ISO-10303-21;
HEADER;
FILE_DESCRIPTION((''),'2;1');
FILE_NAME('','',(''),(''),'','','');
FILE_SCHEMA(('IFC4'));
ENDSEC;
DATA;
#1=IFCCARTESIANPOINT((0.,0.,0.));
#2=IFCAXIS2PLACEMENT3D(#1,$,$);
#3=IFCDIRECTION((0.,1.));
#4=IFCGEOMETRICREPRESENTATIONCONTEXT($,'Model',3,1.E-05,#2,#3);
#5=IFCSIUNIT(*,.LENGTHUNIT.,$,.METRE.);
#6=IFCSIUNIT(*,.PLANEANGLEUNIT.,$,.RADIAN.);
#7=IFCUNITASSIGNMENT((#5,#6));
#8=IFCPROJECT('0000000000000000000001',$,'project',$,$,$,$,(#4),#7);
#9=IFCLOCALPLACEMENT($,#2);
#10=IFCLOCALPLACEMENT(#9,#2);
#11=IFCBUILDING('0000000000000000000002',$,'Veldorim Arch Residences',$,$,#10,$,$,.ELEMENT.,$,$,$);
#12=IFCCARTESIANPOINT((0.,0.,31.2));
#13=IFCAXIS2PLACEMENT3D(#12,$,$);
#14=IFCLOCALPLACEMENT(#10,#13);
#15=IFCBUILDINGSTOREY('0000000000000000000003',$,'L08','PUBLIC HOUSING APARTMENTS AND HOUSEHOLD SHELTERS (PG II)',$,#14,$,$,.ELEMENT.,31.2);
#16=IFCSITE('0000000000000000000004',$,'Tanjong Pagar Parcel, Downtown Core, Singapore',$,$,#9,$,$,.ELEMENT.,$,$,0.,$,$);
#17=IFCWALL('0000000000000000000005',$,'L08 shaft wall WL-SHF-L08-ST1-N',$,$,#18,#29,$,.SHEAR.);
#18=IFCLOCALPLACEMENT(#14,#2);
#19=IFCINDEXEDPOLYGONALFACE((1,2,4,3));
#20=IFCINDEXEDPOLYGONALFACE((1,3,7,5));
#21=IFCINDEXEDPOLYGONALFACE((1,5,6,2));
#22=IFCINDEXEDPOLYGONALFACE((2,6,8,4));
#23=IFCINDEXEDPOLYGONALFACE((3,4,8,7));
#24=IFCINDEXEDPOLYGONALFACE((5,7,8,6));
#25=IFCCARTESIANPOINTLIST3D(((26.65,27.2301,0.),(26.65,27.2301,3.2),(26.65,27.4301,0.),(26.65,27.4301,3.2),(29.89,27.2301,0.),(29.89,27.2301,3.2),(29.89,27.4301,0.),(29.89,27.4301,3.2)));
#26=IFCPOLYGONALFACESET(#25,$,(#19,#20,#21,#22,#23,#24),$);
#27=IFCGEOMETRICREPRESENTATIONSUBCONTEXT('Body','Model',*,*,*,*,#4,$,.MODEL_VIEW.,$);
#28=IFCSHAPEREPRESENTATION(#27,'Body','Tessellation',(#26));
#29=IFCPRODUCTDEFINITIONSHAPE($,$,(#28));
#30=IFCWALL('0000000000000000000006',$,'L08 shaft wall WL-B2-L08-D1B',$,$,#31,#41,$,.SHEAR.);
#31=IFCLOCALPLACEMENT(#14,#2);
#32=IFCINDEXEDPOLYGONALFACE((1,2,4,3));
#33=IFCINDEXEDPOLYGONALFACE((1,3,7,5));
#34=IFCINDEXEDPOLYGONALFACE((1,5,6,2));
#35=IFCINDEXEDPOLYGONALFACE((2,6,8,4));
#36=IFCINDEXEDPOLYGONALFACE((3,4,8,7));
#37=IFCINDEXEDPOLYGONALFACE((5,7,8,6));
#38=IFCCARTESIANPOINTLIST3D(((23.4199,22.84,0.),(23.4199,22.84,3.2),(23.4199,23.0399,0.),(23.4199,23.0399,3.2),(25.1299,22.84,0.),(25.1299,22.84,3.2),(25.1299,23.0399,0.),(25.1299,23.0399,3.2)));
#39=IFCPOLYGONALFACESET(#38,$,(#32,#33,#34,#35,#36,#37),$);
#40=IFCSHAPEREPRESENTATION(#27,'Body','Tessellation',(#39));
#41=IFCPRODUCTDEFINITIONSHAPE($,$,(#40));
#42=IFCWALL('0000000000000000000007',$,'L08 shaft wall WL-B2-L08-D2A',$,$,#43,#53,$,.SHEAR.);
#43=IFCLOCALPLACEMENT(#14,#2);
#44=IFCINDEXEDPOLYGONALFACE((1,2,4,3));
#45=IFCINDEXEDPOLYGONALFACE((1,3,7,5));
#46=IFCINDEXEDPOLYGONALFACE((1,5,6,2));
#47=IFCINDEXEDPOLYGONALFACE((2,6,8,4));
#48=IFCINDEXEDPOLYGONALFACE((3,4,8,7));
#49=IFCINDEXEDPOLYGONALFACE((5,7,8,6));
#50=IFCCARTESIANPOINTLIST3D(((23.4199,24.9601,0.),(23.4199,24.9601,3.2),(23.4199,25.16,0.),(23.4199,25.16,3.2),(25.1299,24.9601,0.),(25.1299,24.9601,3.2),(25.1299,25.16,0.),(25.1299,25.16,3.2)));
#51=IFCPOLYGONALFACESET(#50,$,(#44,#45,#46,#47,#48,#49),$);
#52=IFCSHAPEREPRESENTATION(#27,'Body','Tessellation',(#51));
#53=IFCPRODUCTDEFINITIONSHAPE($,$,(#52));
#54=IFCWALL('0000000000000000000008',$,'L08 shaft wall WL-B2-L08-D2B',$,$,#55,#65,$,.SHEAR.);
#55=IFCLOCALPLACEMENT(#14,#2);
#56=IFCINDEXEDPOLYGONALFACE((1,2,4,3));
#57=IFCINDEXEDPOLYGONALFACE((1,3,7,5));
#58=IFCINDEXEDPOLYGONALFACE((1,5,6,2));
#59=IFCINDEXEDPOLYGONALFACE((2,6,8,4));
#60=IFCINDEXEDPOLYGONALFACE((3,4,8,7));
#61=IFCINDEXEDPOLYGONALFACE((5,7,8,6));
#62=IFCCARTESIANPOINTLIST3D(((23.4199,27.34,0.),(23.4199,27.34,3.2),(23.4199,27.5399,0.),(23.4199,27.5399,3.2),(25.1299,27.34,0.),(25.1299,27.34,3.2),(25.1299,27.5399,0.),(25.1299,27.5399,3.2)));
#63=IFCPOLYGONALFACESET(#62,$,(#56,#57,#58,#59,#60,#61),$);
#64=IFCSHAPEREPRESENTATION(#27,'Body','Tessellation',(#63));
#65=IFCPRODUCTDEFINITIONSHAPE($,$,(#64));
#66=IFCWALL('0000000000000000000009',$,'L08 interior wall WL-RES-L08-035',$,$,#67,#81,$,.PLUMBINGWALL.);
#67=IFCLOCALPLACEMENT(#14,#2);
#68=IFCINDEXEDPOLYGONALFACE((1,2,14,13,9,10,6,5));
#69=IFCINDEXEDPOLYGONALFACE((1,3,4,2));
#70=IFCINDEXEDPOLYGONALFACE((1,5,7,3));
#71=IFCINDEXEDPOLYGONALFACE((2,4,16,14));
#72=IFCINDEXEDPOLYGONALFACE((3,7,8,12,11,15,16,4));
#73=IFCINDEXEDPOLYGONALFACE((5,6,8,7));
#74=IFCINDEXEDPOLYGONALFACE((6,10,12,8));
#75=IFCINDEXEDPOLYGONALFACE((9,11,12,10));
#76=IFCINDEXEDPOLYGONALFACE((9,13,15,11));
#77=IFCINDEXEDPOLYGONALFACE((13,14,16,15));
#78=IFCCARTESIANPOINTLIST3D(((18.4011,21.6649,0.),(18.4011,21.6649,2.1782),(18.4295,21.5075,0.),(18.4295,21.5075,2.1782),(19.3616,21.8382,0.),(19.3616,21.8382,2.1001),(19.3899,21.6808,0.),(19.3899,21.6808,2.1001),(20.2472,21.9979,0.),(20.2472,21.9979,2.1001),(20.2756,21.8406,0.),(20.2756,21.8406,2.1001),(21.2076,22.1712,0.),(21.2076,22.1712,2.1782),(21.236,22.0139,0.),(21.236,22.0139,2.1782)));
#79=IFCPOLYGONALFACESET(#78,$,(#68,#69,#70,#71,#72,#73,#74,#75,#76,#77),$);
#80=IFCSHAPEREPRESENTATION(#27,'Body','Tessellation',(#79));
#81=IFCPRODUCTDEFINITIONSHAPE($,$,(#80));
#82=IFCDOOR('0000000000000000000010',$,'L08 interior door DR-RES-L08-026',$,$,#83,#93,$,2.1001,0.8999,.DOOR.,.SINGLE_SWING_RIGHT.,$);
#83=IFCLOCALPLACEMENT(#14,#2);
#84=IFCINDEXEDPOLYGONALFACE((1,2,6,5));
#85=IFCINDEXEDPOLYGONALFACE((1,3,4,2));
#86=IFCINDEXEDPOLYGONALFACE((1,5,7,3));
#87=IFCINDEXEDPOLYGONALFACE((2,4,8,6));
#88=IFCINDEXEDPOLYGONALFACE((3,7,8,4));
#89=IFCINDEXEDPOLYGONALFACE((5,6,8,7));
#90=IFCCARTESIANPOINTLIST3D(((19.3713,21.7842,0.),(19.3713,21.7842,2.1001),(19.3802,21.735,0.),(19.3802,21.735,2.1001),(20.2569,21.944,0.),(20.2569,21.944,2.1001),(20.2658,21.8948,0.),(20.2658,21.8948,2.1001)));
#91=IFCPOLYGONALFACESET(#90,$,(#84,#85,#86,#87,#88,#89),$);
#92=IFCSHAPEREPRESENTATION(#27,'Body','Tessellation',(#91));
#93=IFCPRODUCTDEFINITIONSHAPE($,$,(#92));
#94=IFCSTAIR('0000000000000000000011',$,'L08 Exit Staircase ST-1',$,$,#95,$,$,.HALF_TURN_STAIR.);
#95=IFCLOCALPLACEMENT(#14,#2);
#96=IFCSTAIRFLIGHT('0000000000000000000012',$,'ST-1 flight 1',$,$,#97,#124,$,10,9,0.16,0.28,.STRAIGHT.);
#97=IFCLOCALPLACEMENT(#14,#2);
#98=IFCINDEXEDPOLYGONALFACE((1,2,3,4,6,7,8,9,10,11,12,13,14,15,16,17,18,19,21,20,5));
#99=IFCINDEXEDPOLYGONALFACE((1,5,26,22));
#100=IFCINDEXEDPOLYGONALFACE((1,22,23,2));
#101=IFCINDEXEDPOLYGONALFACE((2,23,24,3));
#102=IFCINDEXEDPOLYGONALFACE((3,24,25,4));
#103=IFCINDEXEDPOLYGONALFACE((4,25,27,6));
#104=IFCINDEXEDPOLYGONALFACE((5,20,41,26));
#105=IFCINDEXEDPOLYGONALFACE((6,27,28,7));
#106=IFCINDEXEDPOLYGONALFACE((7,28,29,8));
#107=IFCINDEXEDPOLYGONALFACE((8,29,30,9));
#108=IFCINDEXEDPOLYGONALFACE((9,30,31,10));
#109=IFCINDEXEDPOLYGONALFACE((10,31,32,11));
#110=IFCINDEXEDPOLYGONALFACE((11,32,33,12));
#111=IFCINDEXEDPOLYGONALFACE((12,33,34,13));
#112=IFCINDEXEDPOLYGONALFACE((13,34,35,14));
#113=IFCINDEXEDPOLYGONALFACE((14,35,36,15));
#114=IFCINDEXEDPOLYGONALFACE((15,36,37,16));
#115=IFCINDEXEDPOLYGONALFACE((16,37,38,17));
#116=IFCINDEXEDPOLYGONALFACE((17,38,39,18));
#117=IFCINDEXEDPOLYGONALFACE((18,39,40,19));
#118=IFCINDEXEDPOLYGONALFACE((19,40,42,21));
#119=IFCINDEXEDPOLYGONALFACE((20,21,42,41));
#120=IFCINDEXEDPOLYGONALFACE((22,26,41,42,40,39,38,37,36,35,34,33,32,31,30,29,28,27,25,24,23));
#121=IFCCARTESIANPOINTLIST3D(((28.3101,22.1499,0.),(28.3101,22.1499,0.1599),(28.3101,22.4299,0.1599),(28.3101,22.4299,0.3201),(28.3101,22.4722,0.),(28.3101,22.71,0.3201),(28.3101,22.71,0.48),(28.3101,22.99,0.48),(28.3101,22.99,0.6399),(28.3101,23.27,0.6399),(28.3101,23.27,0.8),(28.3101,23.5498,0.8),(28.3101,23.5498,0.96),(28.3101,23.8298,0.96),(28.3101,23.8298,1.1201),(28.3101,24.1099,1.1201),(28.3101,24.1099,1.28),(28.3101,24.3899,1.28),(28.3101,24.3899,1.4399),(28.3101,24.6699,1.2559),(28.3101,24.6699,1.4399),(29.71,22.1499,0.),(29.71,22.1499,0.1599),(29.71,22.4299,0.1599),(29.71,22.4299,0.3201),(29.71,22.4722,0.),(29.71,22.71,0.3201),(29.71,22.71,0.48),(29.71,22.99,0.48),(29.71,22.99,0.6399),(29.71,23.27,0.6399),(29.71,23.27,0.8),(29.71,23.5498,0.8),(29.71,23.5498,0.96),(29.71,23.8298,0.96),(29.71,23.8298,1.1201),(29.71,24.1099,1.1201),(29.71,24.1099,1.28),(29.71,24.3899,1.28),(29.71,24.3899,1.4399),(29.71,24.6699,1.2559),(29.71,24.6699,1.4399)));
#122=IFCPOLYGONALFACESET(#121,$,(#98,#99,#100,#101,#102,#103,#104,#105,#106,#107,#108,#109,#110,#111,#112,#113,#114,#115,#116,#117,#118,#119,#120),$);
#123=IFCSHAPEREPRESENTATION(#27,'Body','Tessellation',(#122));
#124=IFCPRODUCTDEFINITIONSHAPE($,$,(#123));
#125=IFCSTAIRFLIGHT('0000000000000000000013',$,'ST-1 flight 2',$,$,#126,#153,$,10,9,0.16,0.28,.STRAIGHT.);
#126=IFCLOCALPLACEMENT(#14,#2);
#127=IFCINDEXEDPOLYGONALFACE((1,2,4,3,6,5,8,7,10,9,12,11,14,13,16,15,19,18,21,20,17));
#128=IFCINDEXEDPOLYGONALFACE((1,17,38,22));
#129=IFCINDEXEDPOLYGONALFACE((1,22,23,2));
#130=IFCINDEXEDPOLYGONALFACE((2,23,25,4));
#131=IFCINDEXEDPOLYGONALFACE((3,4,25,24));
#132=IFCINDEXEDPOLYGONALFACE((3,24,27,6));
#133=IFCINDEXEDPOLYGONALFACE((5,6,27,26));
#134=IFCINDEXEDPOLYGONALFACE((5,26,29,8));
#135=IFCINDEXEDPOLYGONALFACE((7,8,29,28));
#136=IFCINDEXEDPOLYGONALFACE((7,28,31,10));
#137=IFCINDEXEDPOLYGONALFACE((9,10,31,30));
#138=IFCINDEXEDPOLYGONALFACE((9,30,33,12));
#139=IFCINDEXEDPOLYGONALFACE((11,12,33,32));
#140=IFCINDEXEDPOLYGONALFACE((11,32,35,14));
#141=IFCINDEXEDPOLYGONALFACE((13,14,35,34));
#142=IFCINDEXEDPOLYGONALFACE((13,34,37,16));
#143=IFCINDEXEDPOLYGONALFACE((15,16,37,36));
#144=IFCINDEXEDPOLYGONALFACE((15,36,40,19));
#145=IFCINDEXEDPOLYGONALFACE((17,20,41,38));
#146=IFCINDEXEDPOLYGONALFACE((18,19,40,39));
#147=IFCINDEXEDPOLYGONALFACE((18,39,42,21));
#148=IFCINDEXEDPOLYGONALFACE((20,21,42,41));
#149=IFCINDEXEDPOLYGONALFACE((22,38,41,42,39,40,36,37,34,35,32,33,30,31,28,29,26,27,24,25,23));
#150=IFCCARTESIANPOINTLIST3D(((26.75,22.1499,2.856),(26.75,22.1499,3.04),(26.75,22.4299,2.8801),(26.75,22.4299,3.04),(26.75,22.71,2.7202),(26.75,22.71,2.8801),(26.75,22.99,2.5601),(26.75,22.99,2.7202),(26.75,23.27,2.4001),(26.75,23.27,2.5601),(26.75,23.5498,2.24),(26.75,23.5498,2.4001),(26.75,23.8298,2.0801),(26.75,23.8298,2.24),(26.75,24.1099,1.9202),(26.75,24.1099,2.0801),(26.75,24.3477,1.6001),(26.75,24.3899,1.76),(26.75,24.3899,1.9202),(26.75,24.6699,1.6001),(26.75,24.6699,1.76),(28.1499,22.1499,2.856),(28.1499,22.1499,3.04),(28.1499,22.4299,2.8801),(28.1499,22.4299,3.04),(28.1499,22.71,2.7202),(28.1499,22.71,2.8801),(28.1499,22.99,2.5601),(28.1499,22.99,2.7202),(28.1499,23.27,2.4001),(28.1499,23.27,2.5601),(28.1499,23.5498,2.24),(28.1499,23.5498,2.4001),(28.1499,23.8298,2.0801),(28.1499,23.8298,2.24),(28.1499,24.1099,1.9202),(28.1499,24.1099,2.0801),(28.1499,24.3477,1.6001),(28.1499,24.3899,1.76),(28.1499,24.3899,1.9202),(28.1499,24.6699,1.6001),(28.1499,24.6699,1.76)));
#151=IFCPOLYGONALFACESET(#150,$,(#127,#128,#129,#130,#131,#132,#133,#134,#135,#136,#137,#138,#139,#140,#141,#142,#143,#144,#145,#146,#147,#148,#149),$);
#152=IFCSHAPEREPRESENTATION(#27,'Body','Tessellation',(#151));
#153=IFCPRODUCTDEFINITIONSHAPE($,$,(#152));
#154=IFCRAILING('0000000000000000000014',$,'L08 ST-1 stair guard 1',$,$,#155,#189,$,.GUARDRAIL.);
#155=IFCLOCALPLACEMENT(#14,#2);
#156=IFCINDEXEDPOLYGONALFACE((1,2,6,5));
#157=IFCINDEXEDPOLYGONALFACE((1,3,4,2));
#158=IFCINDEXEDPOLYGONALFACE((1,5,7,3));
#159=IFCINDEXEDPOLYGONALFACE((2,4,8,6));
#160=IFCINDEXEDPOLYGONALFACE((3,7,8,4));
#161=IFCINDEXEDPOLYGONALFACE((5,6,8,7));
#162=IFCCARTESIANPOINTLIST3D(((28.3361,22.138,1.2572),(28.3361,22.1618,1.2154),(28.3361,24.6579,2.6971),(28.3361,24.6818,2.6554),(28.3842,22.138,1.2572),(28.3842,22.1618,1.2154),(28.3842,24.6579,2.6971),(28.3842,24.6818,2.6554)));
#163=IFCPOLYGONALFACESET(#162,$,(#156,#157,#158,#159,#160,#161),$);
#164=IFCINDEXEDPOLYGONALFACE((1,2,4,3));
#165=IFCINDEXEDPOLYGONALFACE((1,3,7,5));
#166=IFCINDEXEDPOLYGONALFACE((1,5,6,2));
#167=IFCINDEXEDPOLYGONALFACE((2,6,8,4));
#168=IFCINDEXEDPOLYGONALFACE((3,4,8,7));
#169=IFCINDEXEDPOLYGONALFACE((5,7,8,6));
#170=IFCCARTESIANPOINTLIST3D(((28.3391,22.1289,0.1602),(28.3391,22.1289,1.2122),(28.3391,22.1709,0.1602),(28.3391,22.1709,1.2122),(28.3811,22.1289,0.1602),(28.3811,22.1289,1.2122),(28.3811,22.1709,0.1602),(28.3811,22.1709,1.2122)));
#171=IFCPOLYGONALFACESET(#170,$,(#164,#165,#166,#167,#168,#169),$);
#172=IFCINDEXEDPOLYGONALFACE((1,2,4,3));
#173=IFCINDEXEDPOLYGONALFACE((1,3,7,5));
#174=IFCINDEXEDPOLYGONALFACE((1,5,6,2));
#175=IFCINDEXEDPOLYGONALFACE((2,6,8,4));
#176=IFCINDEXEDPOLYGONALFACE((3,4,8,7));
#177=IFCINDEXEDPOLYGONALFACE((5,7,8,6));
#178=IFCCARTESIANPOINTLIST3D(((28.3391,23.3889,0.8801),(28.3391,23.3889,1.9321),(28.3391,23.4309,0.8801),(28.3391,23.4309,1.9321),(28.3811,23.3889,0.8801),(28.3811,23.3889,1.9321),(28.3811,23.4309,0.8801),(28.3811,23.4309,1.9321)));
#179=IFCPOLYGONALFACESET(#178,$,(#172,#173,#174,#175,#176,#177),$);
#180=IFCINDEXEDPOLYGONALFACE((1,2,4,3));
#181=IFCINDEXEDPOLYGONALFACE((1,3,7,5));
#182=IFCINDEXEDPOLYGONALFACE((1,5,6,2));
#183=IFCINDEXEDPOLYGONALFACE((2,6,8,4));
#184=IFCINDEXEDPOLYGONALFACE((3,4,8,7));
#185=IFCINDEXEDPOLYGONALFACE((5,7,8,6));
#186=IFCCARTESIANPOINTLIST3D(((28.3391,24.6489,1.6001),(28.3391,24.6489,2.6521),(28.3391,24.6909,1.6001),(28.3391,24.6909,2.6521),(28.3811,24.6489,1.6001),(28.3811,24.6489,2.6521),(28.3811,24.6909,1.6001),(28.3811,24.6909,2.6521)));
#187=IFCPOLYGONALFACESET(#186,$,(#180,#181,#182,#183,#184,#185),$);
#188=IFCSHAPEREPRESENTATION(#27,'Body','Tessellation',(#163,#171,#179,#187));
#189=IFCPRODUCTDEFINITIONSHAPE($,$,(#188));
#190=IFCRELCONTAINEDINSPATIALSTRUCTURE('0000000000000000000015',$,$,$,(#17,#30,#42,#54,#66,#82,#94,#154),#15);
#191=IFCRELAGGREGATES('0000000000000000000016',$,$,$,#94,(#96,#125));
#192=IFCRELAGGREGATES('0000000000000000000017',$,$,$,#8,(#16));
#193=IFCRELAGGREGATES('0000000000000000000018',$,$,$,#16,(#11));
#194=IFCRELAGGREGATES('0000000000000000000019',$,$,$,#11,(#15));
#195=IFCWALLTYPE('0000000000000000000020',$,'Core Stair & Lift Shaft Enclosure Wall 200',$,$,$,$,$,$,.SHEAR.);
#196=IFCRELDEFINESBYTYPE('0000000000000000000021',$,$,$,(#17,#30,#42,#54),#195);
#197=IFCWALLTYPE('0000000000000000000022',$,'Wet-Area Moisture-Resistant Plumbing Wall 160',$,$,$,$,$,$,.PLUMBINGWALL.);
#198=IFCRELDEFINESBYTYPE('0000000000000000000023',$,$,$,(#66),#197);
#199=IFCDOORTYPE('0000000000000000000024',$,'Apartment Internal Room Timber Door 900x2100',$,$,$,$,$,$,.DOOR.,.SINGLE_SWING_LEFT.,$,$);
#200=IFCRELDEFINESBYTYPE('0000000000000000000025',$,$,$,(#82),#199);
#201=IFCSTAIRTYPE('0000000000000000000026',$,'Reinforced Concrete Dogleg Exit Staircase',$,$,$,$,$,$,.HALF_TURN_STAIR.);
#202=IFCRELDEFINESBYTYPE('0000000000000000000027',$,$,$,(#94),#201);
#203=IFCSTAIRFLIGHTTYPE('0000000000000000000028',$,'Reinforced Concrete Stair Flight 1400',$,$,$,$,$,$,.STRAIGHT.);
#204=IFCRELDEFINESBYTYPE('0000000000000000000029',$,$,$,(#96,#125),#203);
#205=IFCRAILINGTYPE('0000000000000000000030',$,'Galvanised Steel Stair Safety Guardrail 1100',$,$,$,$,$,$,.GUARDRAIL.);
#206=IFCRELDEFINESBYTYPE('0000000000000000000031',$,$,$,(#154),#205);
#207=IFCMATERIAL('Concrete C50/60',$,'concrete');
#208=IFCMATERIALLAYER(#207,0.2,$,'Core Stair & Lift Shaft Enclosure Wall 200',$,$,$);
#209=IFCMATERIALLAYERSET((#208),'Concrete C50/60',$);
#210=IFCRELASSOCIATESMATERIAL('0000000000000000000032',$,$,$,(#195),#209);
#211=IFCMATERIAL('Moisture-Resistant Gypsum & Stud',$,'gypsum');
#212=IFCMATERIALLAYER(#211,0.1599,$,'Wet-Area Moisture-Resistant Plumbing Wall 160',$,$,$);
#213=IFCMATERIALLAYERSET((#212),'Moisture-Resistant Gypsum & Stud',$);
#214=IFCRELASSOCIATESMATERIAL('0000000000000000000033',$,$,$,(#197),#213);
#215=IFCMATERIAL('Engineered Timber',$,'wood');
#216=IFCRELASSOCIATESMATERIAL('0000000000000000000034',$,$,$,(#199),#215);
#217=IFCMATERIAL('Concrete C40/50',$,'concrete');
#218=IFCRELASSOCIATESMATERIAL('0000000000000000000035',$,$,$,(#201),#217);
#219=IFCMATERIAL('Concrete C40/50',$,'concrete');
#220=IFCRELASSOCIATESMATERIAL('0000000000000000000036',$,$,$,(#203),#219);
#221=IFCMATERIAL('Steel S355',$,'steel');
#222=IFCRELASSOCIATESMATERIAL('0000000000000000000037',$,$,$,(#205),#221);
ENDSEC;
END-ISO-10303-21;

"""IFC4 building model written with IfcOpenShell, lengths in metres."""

from ifc_helpers import new_model, si_unit, direction, frame, frame_2d, origin, origin_2d, place, context, subcontext, project, spatial, polyline, rectangle, outline, extrude, material, layer, layer_set, type_object, element, fill, aggregate, save


model = new_model("IFC4")

# Units and contexts
model_context = context("Model", 3, precision=1e-05, world=origin(), true_north=direction((0.0, 1.0)))
body_context = subcontext(model_context, "Body", "Model", "MODEL_VIEW")
ifc_project = project(units=[si_unit("LENGTHUNIT", "METRE"), si_unit("PLANEANGLEUNIT", "RADIAN")], contexts=[model_context])

# Site, building, storey
site_placement = place(None, origin())
site = spatial("IfcSite", under=ifc_project, at=site_placement, Name="Tanjong Pagar Parcel, Downtown Core, Singapore", CompositionType="ELEMENT", RefElevation=0.0)
building_placement = place(site_placement, origin())
building = spatial("IfcBuilding", under=site, at=building_placement, Name="Veldorim Arch Residences", CompositionType="ELEMENT")
storey_placement = place(building_placement, frame((0.0, 0.0, 31.2)))
storey = spatial("IfcBuildingStorey", under=building, at=storey_placement, Name="L08", Description="PUBLIC HOUSING APARTMENTS AND HOUSEHOLD SHELTERS (PG II)", CompositionType="ELEMENT", Elevation=31.2)

# Walls
ifc_material_1 = material(Name="Concrete C50/60", Category="concrete")
ifc_layer_1 = layer(ifc_material_1, 0.2, Name="Core Stair & Lift Shaft Enclosure Wall 200")
ifc_layer_set_1 = layer_set([ifc_layer_1], Name="Concrete C50/60")
wall_type_1 = type_object("IfcWallType", Name="Core Stair & Lift Shaft Enclosure Wall 200", PredefinedType="SHEAR", material=ifc_layer_set_1)
wall_1_placement = place(storey_placement, frame((26.6499, 27.3301, 0.0), z_axis=(0.0, 0.0, 1.0), x_axis=(1.0, 0.0, 0.0)))
element("IfcWall", 1, at=wall_1_placement, inside=storey, type_object=wall_type_1, Name="L08 shaft wall WL-SHF-L08-ST1-N", PredefinedType="SHEAR", context=body_context, shape_type="SweptSolid", body=[
    extrude(rectangle(XDim=3.24, YDim=0.2, at=frame_2d((1.6201, 0.0))), origin(), (0.0, 0.0, 1.0), 3.2),
])
for number, where, z_axis, x_axis, name in (
    (2, (23.4199, 22.9399, 0.0), (0.0, 0.0, 1.0), (1.0, 0.0, 0.0), "L08 shaft wall WL-B2-L08-D1B"),
    (3, (23.4199, 25.0601, 0.0), (0.0, 0.0, 1.0), (1.0, 0.0, 0.0), "L08 shaft wall WL-B2-L08-D2A"),
    (4, (23.4199, 27.4399, 0.0), (0.0, 0.0, 1.0), (1.0, 0.0, 0.0), "L08 shaft wall WL-B2-L08-D2B"),
):
    element("IfcWall", number, at=place(storey_placement, frame(where, z_axis=z_axis, x_axis=x_axis)), inside=storey, type_object=wall_type_1, Name=name, PredefinedType="SHEAR", context=body_context, shape_type="SweptSolid", body=[
        extrude(rectangle(XDim=1.71, YDim=0.2, at=frame_2d((0.855, 0.0))), origin(), (0.0, 0.0, 1.0), 3.2),
    ])

# Wall, opening, door
ifc_material_2 = material(Name="Moisture-Resistant Gypsum & Stud", Category="gypsum")
ifc_layer_2 = layer(ifc_material_2, 0.1599, Name="Wet-Area Moisture-Resistant Plumbing Wall 160")
ifc_layer_set_2 = layer_set([ifc_layer_2], Name="Moisture-Resistant Gypsum & Stud")
wall_type_2 = type_object("IfcWallType", Name="Wet-Area Moisture-Resistant Plumbing Wall 160", PredefinedType="PLUMBINGWALL", material=ifc_layer_set_2)
wall_2_placement = place(storey_placement, frame((21.2217, 22.0925, 0.0), z_axis=(0.0, 0.0, 1.0), x_axis=(-0.98411, -0.177559, 0.0)))
wall_2 = element("IfcWall", 5, at=wall_2_placement, inside=storey, type_object=wall_type_2, Name="L08 interior wall WL-RES-L08-035", PredefinedType="PLUMBINGWALL", context=body_context, shape_type="SweptSolid", body=[
    extrude(rectangle(XDim=2.8518, YDim=0.1599, at=frame_2d((1.4258, 0.0))), origin(), (0.0, 0.0, 1.0), 2.1782),
])
opening_1_placement = place(wall_2_placement, frame((0.9758, 0.0, 0.0)))
opening_1 = element("IfcOpeningElement", 6, at=opening_1_placement, cuts=wall_2, PredefinedType="OPENING", context=body_context, shape_type="SweptSolid", body=[
    extrude(rectangle(XDim=0.8999, YDim=2.1001, at=frame_2d((0.45, 1.05))), frame((0.0, 0.0898, 0.0), z_axis=(0.0, -1.0, 0.0), x_axis=(1.0, 0.0, 0.0)), (0.0, 0.0, 1.0), 0.1799),
])
ifc_material_3 = material(Name="Engineered Timber", Category="wood")
door_type_1 = type_object("IfcDoorType", Name="Apartment Internal Room Timber Door 900x2100", OperationType="SINGLE_SWING_LEFT", PredefinedType="DOOR", material=ifc_material_3)
door_1_placement = place(opening_1_placement, origin())
door_1 = element("IfcDoor", 7, at=door_1_placement, inside=storey, type_object=door_type_1, Name="L08 interior door DR-RES-L08-026", OperationType="SINGLE_SWING_RIGHT", OverallHeight=2.1001, OverallWidth=0.8999, PredefinedType="DOOR", context=body_context, shape_type="SweptSolid", body=[
    extrude(rectangle(XDim=0.8999, YDim=2.1001, at=frame_2d((0.45, 1.05))), frame((0.0, 0.0249, 0.0), z_axis=(0.0, -1.0, 0.0), x_axis=(1.0, 0.0, 0.0)), (0.0, 0.0, 1.0), 0.05),
])
fill(opening_1, door_1)

# Stair, stair flights
ifc_material_4 = material(Name="Concrete C40/50", Category="concrete")
stair_type = type_object("IfcStairType", Name="Reinforced Concrete Dogleg Exit Staircase", PredefinedType="HALF_TURN_STAIR", material=ifc_material_4)
stair_placement = place(storey_placement, origin())
stair = element("IfcStair", 8, at=stair_placement, inside=storey, type_object=stair_type, Name="L08 Exit Staircase ST-1", PredefinedType="HALF_TURN_STAIR")
ifc_material_5 = material(Name="Concrete C40/50", Category="concrete")
stair_flight_type = type_object("IfcStairFlightType", Name="Reinforced Concrete Stair Flight 1400", PredefinedType="STRAIGHT", material=ifc_material_5)
stair_flight_1_placement = place(storey_placement, frame((29.01, 22.1499, 0.0), z_axis=(0.0, 0.0, 1.0), x_axis=(0.0, 1.0, 0.0)))
stair_flight_1 = element("IfcStairFlight", 9, at=stair_flight_1_placement, type_object=stair_flight_type, Name="ST-1 flight 1", NumberOfRisers=10, NumberOfTreads=9, PredefinedType="STRAIGHT", RiserHeight=0.16, TreadLength=0.28, context=body_context, shape_type="SweptSolid", body=[
    extrude(outline(polyline([(0.0, 0.0), (0.0, 0.1599), (0.28, 0.1599), (0.28, 0.3201), (0.5601, 0.3201), (0.5601, 0.48), (0.8401, 0.48), (0.8401, 0.6399), (1.1201, 0.6399), (1.1201, 0.8), (1.3999, 0.8), (1.3999, 0.96), (1.6799, 0.96), (1.6799, 1.1201), (1.96, 1.1201), (1.96, 1.28), (2.24, 1.28), (2.24, 1.4399), (2.52, 1.4399), (2.52, 1.6001), (2.52, 1.2559), (0.3223, 0.0), (0.0, 0.0)])), frame((0.0, 0.7, 0.0), z_axis=(0.0, -1.0, 0.0), x_axis=(1.0, 0.0, 0.0)), (0.0, 0.0, 1.0), 1.3999),
])
stair_flight_2_placement = place(storey_placement, frame((27.45, 24.6699, 1.6001), z_axis=(0.0, 0.0, 1.0), x_axis=(0.0, -1.0, 0.0)))
stair_flight_2 = element("IfcStairFlight", 10, at=stair_flight_2_placement, type_object=stair_flight_type, Name="ST-1 flight 2", NumberOfRisers=10, NumberOfTreads=9, PredefinedType="STRAIGHT", RiserHeight=0.16, TreadLength=0.28, context=body_context, shape_type="SweptSolid", body=[
    extrude(outline(polyline([(0.0, 0.0), (0.0, 0.1599), (0.28, 0.1599), (0.28, 0.3201), (0.5601, 0.3201), (0.5601, 0.48), (0.8401, 0.48), (0.8401, 0.6399), (1.1201, 0.6399), (1.1201, 0.8), (1.3999, 0.8), (1.3999, 0.96), (1.6799, 0.96), (1.6799, 1.1201), (1.96, 1.1201), (1.96, 1.28), (2.24, 1.28), (2.24, 1.4399), (2.52, 1.4399), (2.52, 1.6001), (2.52, 1.2559), (0.3223, 0.0), (0.0, 0.0)])), frame((0.0, 0.7, 0.0), z_axis=(0.0, -1.0, 0.0), x_axis=(1.0, 0.0, 0.0)), (0.0, 0.0, 1.0), 1.3999),
])
aggregate(stair, [stair_flight_1, stair_flight_2])

# Railing
ifc_material_6 = material(Name="Steel S355", Category="steel")
railing_type_1 = type_object("IfcRailingType", Name="Galvanised Steel Stair Safety Guardrail 1100", PredefinedType="GUARDRAIL", material=ifc_material_6)
railing_1_placement = place(storey_placement, frame((28.3601, 22.1499, 0.1602)))
element("IfcRailing", 11, at=railing_1_placement, inside=storey, type_object=railing_type_1, Name="L08 ST-1 stair guard 1", PredefinedType="GUARDRAIL", context=body_context, shape_type="SweptSolid", body=[
    extrude(rectangle(XDim=0.0481, YDim=0.0481, at=origin_2d()), frame((0.0, 0.0, 1.0762), z_axis=(0.0, 0.868253, 0.496121), x_axis=(-1.0, 0.0, 0.0)), (0.0, 0.0, 1.0), 2.9023),
    extrude(rectangle(XDim=0.042, YDim=0.042, at=origin_2d()), origin(), (0.0, 0.0, 1.0), 1.052),
    extrude(rectangle(XDim=0.042, YDim=0.042, at=origin_2d()), frame((0.0, 1.26, 0.72)), (0.0, 0.0, 1.0), 1.052),
    extrude(rectangle(XDim=0.042, YDim=0.042, at=origin_2d()), frame((0.0, 2.52, 1.4399)), (0.0, 0.0, 1.0), 1.052),
])

save(model, "model.ifc")
